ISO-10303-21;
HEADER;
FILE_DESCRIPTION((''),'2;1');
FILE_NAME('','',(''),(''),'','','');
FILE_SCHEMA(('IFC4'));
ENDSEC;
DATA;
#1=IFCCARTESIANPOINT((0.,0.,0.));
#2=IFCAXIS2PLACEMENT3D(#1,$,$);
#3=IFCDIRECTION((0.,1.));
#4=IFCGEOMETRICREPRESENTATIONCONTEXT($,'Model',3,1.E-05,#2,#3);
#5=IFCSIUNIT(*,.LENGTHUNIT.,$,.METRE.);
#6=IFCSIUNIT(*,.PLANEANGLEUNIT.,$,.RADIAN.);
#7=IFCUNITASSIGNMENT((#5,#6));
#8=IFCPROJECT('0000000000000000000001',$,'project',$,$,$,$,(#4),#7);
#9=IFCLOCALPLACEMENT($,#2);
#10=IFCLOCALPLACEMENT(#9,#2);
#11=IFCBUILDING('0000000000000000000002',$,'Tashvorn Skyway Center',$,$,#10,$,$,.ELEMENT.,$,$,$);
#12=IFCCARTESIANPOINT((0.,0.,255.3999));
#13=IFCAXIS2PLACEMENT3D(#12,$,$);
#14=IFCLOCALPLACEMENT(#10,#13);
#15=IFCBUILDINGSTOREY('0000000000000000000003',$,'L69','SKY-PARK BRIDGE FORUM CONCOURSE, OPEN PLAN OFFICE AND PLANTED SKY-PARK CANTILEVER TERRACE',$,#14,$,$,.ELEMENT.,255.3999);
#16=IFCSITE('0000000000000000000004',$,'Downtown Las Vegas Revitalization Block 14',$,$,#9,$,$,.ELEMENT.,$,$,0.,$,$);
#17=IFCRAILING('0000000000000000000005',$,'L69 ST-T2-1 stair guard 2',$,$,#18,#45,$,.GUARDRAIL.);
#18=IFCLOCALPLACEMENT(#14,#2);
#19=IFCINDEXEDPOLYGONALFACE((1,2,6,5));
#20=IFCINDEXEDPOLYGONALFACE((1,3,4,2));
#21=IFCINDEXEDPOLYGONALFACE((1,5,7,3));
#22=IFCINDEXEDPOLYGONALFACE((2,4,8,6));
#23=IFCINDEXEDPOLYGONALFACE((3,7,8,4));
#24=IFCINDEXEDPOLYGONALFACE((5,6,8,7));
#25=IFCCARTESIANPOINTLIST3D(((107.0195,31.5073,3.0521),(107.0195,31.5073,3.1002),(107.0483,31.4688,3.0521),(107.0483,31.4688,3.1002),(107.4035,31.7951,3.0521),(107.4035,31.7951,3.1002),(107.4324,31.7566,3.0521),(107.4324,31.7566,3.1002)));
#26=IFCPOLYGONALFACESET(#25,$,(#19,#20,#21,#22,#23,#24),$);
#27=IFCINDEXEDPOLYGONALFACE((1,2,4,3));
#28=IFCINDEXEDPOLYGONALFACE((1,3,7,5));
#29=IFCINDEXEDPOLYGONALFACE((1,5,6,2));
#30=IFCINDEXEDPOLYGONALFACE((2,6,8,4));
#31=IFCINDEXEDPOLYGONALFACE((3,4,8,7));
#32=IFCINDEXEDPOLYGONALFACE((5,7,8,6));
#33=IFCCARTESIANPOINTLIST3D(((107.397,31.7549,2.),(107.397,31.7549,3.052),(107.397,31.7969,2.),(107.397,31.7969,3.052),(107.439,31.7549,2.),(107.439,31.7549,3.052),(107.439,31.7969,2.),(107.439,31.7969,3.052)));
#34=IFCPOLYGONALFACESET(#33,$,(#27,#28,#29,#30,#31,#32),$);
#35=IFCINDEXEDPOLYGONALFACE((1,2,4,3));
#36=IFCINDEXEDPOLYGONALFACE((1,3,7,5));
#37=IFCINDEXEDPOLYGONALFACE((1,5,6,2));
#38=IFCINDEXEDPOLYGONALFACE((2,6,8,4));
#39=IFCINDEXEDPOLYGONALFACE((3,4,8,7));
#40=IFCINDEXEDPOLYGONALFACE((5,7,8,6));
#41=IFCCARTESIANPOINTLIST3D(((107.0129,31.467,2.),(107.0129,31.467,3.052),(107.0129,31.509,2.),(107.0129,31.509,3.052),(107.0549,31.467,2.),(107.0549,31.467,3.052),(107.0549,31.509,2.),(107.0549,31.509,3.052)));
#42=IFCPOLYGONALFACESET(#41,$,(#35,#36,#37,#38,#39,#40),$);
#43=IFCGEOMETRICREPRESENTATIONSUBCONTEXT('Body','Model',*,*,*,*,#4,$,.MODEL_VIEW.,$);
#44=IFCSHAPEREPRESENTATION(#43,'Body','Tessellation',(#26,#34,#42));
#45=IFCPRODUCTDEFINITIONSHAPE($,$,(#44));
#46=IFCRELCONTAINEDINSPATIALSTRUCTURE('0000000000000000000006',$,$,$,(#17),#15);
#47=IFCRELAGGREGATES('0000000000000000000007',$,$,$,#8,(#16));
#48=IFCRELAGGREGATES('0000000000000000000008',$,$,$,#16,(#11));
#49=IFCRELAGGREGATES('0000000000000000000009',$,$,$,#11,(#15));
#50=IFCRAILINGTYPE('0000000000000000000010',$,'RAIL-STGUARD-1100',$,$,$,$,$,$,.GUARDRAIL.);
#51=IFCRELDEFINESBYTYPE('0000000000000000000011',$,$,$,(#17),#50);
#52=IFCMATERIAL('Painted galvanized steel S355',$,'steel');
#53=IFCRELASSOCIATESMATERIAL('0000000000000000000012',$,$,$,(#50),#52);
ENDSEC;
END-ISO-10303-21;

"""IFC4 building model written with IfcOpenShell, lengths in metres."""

from ifc_helpers import new_model, si_unit, direction, frame, origin, origin_2d, place, context, subcontext, project, spatial, rectangle, extrude, material, type_object, element, save


model = new_model("IFC4")

# Units and contexts
model_context = context("Model", 3, precision=1e-05, world=origin(), true_north=direction((0.0, 1.0)))
body_context = subcontext(model_context, "Body", "Model", "MODEL_VIEW")
ifc_project = project(units=[si_unit("LENGTHUNIT", "METRE"), si_unit("PLANEANGLEUNIT", "RADIAN")], contexts=[model_context])

# Site, building, storey
site_placement = place(None, origin())
site = spatial("IfcSite", under=ifc_project, at=site_placement, Name="Downtown Las Vegas Revitalization Block 14", CompositionType="ELEMENT", RefElevation=0.0)
building_placement = place(site_placement, origin())
building = spatial("IfcBuilding", under=site, at=building_placement, Name="Tashvorn Skyway Center", CompositionType="ELEMENT")
storey_placement = place(building_placement, frame((0.0, 0.0, 255.3999)))
storey = spatial("IfcBuildingStorey", under=building, at=storey_placement, Name="L69", Description="SKY-PARK BRIDGE FORUM CONCOURSE, OPEN PLAN OFFICE AND PLANTED SKY-PARK CANTILEVER TERRACE", CompositionType="ELEMENT", Elevation=255.3999)

# Railing
ifc_material_1 = material(Name="Painted galvanized steel S355", Category="steel")
railing_type = type_object("IfcRailingType", Name="RAIL-STGUARD-1100", PredefinedType="GUARDRAIL", material=ifc_material_1)
railing_placement = place(storey_placement, frame((107.418, 31.7759, 2.0)))
element("IfcRailing", 1, at=railing_placement, inside=storey, type_object=railing_type, Name="L69 ST-T2-1 stair guard 2", PredefinedType="GUARDRAIL", context=body_context, shape_type="SweptSolid", body=[
    extrude(rectangle(XDim=0.0481, YDim=0.0481, at=origin_2d()), frame((0.0, 0.0, 1.0762), z_axis=(-0.800183, -0.599756, 0.0), x_axis=(0.599756, -0.800183, 0.0)), (0.0, 0.0, 1.0), 0.48),
    extrude(rectangle(XDim=0.042, YDim=0.042, at=origin_2d()), origin(), (0.0, 0.0, 1.0), 1.052),
    extrude(rectangle(XDim=0.042, YDim=0.042, at=origin_2d()), frame((-0.384, -0.2878, 0.0)), (0.0, 0.0, 1.0), 1.052),
])

save(model, "model.ifc")
